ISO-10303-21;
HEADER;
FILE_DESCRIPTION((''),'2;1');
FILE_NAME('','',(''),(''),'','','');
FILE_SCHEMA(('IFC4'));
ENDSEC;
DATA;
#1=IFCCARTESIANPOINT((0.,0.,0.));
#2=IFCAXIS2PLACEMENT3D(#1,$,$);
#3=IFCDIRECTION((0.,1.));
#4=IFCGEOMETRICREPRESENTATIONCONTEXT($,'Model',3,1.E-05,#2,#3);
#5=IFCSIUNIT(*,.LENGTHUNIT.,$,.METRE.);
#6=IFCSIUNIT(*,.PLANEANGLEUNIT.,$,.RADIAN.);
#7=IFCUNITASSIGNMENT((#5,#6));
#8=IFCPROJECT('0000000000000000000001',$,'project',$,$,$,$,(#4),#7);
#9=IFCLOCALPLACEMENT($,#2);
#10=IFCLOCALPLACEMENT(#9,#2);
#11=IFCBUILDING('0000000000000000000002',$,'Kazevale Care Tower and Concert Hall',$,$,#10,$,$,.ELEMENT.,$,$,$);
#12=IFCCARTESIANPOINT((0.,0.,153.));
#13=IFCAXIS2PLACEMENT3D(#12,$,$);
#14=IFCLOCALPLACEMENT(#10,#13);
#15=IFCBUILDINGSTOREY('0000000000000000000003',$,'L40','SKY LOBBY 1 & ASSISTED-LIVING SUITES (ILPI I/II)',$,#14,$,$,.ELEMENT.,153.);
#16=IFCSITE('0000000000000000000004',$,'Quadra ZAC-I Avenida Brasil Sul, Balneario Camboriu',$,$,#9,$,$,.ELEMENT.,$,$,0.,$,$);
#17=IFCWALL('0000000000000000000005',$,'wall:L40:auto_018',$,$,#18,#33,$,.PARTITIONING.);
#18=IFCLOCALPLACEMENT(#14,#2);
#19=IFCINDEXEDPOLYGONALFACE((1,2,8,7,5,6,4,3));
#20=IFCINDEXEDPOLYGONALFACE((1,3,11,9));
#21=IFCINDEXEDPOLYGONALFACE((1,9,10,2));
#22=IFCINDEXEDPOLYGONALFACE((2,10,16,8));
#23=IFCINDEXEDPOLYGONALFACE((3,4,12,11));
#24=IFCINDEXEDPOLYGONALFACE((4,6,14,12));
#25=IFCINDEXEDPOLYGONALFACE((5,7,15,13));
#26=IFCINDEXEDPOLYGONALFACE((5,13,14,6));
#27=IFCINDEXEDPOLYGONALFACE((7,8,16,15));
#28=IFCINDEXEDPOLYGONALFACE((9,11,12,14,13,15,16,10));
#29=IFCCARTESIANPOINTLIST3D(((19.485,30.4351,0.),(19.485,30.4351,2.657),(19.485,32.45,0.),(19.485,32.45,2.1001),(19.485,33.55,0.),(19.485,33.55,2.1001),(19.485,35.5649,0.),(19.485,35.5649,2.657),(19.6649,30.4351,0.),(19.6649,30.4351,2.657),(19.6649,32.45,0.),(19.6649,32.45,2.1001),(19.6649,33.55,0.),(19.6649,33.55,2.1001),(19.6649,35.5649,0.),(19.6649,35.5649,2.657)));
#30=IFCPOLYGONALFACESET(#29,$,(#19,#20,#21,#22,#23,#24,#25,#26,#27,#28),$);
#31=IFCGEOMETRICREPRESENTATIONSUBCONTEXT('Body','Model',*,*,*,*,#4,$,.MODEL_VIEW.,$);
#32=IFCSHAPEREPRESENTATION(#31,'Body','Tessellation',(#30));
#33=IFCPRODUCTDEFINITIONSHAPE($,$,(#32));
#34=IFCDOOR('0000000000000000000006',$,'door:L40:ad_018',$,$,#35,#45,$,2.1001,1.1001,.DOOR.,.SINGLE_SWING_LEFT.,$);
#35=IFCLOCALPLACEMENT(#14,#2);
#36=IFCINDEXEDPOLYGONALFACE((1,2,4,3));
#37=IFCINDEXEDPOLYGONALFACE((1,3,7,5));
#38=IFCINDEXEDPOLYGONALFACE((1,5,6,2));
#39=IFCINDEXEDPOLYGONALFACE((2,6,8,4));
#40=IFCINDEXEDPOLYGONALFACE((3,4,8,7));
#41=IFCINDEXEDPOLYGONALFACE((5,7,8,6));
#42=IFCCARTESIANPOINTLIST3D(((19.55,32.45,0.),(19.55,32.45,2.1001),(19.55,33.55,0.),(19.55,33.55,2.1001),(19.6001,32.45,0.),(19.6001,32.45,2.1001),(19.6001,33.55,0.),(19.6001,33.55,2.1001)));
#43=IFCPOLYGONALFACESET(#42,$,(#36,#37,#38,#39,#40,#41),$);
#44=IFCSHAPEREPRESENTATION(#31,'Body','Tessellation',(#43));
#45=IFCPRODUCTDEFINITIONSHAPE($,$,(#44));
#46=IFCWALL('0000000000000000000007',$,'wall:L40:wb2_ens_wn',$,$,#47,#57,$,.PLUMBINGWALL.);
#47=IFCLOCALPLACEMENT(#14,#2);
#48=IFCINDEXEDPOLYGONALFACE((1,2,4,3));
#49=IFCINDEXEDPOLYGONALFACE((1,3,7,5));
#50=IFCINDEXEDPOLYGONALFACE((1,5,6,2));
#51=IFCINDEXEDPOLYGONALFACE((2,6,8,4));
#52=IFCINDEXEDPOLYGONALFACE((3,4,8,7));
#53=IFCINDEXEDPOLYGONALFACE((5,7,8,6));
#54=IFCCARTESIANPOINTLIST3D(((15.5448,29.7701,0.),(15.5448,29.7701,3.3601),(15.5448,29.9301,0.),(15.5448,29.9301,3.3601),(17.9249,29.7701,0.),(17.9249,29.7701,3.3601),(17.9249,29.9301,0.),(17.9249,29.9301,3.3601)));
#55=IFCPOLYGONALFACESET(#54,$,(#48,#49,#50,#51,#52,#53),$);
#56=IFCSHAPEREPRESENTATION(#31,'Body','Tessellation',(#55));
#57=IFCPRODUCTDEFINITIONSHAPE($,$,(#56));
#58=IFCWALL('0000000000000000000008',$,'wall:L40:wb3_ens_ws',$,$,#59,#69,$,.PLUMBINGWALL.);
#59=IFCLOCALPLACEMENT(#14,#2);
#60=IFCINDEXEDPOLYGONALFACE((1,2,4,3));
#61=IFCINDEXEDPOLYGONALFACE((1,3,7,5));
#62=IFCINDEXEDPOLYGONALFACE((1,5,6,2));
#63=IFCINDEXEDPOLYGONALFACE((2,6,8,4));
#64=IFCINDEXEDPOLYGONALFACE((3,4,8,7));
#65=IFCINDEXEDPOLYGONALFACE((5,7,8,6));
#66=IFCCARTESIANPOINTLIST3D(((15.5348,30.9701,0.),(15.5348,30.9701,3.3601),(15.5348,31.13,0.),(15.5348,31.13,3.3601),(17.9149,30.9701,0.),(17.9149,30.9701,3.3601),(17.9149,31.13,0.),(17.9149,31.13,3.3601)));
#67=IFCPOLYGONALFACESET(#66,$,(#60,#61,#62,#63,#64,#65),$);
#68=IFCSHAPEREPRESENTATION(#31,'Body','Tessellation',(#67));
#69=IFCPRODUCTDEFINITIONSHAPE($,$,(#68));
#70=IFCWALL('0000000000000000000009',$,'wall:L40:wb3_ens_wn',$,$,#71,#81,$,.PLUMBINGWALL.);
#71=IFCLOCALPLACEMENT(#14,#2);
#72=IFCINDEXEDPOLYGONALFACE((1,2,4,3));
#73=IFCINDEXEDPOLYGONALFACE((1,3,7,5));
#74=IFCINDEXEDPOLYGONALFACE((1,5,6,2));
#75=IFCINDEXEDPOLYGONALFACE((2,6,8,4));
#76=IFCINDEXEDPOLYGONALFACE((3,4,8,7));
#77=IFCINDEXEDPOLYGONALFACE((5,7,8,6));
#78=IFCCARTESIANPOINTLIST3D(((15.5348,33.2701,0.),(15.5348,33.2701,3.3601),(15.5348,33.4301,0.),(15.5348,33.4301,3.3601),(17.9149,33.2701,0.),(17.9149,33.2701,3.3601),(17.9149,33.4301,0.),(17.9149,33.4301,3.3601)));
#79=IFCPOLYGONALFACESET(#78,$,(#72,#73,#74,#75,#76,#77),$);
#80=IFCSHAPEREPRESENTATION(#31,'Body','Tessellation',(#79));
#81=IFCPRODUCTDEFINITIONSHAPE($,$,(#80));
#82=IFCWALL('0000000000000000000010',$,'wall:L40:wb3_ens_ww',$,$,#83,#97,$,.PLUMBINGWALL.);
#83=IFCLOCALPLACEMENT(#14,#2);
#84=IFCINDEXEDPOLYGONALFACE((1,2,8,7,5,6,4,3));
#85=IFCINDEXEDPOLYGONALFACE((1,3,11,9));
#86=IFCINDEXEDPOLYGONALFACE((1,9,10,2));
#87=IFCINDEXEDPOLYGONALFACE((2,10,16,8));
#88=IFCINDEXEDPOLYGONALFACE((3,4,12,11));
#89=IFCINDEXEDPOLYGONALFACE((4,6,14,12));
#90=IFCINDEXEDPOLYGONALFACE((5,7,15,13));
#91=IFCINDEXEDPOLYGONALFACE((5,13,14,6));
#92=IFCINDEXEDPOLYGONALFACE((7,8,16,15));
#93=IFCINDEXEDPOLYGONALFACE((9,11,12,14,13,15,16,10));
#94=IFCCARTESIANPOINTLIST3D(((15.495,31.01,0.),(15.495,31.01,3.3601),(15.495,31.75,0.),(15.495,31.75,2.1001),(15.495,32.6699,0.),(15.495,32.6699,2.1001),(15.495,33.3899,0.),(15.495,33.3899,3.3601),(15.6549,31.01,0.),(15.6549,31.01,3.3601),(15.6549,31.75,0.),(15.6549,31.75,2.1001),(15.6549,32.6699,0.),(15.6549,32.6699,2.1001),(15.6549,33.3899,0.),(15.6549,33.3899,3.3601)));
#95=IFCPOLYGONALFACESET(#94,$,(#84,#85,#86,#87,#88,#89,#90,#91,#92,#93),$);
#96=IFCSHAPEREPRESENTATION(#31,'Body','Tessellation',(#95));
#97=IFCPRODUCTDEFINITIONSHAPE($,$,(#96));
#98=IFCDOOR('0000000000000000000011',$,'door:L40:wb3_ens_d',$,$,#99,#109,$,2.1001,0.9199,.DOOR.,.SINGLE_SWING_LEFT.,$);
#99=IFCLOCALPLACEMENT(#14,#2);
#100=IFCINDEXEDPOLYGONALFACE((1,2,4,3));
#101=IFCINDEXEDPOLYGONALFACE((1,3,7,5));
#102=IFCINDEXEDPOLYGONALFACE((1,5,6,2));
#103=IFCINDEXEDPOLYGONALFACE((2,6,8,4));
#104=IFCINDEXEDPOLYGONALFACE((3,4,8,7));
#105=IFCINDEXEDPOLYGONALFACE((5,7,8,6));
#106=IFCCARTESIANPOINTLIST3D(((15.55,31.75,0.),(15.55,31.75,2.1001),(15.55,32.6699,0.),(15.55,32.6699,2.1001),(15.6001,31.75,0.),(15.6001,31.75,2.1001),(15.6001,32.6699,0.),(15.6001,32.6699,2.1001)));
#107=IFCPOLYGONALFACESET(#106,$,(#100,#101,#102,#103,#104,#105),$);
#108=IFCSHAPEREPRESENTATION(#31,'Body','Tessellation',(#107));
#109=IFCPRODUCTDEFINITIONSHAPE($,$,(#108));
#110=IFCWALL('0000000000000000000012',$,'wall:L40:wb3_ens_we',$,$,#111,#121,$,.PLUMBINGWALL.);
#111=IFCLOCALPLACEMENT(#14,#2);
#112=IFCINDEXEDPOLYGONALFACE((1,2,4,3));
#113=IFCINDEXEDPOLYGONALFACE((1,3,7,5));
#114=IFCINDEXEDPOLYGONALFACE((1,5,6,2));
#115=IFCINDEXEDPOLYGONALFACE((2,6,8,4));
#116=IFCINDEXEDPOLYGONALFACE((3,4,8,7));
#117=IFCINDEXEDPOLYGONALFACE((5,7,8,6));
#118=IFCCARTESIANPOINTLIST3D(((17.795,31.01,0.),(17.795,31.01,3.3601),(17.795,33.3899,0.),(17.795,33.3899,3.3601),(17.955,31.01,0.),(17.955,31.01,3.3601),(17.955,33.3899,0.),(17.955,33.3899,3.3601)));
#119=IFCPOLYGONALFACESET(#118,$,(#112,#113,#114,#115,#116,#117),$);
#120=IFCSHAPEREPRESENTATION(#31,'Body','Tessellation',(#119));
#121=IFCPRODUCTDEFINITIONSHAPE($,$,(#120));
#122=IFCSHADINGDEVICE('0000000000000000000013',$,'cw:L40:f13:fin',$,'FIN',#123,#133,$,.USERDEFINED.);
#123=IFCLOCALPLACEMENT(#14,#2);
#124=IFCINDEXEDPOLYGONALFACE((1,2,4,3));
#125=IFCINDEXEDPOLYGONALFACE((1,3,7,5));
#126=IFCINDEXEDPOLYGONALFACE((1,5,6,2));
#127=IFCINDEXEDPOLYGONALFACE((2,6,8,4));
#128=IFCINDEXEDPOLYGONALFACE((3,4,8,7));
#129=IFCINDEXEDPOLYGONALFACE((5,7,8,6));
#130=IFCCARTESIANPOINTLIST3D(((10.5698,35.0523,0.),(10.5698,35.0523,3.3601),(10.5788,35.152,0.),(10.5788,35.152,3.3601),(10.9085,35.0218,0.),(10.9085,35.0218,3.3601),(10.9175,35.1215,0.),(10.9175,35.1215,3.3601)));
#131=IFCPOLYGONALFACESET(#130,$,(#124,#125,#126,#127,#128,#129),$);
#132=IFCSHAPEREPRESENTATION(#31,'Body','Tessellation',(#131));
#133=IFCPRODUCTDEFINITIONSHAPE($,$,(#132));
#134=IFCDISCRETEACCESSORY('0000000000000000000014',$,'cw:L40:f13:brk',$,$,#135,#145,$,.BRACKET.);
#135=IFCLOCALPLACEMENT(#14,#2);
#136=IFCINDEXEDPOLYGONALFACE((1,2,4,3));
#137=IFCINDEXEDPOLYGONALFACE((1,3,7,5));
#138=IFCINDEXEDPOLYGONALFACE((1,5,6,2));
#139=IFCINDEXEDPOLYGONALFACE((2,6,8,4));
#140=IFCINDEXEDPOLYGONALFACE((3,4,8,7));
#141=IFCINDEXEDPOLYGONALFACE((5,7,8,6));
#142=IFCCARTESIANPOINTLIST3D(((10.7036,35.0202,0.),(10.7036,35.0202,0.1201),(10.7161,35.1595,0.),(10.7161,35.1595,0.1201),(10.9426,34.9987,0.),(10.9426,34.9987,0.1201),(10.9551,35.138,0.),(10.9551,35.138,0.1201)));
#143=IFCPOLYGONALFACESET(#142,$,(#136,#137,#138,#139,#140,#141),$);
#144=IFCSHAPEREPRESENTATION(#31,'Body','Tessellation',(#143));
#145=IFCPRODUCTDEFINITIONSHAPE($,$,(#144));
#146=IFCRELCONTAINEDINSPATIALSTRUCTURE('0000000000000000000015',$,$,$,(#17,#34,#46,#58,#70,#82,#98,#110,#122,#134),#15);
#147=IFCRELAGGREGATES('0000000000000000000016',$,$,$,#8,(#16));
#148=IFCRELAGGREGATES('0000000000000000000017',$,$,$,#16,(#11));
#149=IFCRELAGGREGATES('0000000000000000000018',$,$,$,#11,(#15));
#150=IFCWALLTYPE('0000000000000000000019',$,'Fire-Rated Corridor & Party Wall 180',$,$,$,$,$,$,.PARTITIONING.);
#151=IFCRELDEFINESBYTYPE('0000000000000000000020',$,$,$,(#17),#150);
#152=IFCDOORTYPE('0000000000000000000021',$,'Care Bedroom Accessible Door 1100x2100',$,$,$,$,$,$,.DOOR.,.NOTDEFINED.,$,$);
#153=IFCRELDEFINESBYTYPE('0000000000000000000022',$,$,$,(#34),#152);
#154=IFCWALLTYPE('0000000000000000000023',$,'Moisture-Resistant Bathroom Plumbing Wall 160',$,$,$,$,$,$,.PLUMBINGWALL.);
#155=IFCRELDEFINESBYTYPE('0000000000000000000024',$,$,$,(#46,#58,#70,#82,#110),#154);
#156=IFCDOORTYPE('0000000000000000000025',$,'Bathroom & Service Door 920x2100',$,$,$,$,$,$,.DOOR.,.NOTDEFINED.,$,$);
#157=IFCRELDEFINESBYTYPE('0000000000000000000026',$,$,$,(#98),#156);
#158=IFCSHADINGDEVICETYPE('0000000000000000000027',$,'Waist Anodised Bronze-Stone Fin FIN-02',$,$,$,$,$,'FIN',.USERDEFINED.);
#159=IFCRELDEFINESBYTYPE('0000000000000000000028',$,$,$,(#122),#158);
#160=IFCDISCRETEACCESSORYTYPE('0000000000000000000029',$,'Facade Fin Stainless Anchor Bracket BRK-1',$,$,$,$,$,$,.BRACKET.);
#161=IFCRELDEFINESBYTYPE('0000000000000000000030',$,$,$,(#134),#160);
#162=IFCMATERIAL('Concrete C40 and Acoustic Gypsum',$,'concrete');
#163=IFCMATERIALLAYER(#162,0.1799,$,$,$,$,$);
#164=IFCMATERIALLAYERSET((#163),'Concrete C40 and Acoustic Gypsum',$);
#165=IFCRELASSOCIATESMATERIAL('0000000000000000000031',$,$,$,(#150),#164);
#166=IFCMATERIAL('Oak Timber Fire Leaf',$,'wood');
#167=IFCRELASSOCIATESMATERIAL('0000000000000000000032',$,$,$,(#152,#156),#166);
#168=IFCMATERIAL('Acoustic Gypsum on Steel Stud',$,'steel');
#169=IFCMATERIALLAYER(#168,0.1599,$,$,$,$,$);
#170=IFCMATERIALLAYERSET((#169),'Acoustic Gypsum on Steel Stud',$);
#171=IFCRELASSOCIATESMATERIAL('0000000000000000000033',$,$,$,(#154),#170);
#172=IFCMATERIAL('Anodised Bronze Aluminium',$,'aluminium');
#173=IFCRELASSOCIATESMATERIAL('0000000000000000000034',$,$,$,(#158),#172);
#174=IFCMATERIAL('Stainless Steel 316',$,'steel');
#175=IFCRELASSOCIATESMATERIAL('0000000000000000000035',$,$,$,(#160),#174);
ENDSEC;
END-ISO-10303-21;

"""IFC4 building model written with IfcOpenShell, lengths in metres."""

from ifc_helpers import new_model, si_unit, direction, frame, frame_2d, origin, origin_2d, place, context, subcontext, project, spatial, rectangle, extrude, material, layer, layer_set, type_object, element, fill, save


model = new_model("IFC4")

# Units and contexts
model_context = context("Model", 3, precision=1e-05, world=origin(), true_north=direction((0.0, 1.0)))
body_context = subcontext(model_context, "Body", "Model", "MODEL_VIEW")
ifc_project = project(units=[si_unit("LENGTHUNIT", "METRE"), si_unit("PLANEANGLEUNIT", "RADIAN")], contexts=[model_context])

# Site, building, storey
site_placement = place(None, origin())
site = spatial("IfcSite", under=ifc_project, at=site_placement, Name="Quadra ZAC-I Avenida Brasil Sul, Balneario Camboriu", CompositionType="ELEMENT", RefElevation=0.0)
building_placement = place(site_placement, origin())
building = spatial("IfcBuilding", under=site, at=building_placement, Name="Kazevale Care Tower and Concert Hall", CompositionType="ELEMENT")
storey_placement = place(building_placement, frame((0.0, 0.0, 153.0)))
storey = spatial("IfcBuildingStorey", under=building, at=storey_placement, Name="L40", Description="SKY LOBBY 1 & ASSISTED-LIVING SUITES (ILPI I/II)", CompositionType="ELEMENT", Elevation=153.0)

# Shared definitions
ifc_material_1 = material(Name="Acoustic Gypsum on Steel Stud", Category="steel")

# Wall, opening, door
ifc_material_2 = material(Name="Concrete C40 and Acoustic Gypsum", Category="concrete")
ifc_layer_1 = layer(ifc_material_2, 0.1799)
ifc_layer_set_1 = layer_set([ifc_layer_1], Name="Concrete C40 and Acoustic Gypsum")
wall_type_1 = type_object("IfcWallType", Name="Fire-Rated Corridor & Party Wall 180", PredefinedType="PARTITIONING", material=ifc_layer_set_1)
wall_1_placement = place(storey_placement, frame((19.575, 30.4351, 0.0), z_axis=(0.0, 0.0, 1.0), x_axis=(0.0, 1.0, 0.0)))
wall_1 = element("IfcWall", 1, at=wall_1_placement, inside=storey, type_object=wall_type_1, Name="wall:L40:auto_018", PredefinedType="PARTITIONING", context=body_context, shape_type="SweptSolid", body=[
    extrude(rectangle(XDim=5.1299, YDim=0.1799, at=frame_2d((2.5649, 0.0))), origin(), (0.0, 0.0, 1.0), 2.657),
])
opening_1_placement = place(wall_1_placement, frame((2.0149, 0.0, 0.0)))
opening_1 = element("IfcOpeningElement", 2, at=opening_1_placement, cuts=wall_1, PredefinedType="OPENING", context=body_context, shape_type="SweptSolid", body=[
    extrude(rectangle(XDim=1.1001, YDim=2.1001, at=frame_2d((0.55, 1.05))), frame((0.0, 0.0999, 0.0), z_axis=(0.0, -1.0, 0.0), x_axis=(1.0, 0.0, 0.0)), (0.0, 0.0, 1.0), 0.2),
])
ifc_material_3 = material(Name="Oak Timber Fire Leaf", Category="wood")
door_type_1 = type_object("IfcDoorType", Name="Care Bedroom Accessible Door 1100x2100", OperationType="NOTDEFINED", PredefinedType="DOOR", material=ifc_material_3)
door_1_placement = place(opening_1_placement, origin())
door_1 = element("IfcDoor", 3, at=door_1_placement, inside=storey, type_object=door_type_1, Name="door:L40:ad_018", OperationType="SINGLE_SWING_LEFT", OverallHeight=2.1001, OverallWidth=1.1001, PredefinedType="DOOR", context=body_context, shape_type="SweptSolid", body=[
    extrude(rectangle(XDim=1.1001, YDim=2.1001, at=frame_2d((0.55, 1.05))), frame((0.0, 0.0249, 0.0), z_axis=(0.0, -1.0, 0.0), x_axis=(1.0, 0.0, 0.0)), (0.0, 0.0, 1.0), 0.05),
])
fill(opening_1, door_1)

# Walls
ifc_layer_2 = layer(ifc_material_1, 0.1599)
ifc_layer_set_2 = layer_set([ifc_layer_2], Name="Acoustic Gypsum on Steel Stud")
wall_type_2 = type_object("IfcWallType", Name="Moisture-Resistant Bathroom Plumbing Wall 160", PredefinedType="PLUMBINGWALL", material=ifc_layer_set_2)
for number, where, z_axis, x_axis, name in (
    (4, (15.5449, 29.8501, 0.0), (0.0, 0.0, 1.0), (1.0, 0.0, 0.0), "wall:L40:wb2_ens_wn"),
    (5, (15.5349, 31.05, 0.0), (0.0, 0.0, 1.0), (1.0, 0.0, 0.0), "wall:L40:wb3_ens_ws"),
    (6, (15.5349, 33.3501, 0.0), (0.0, 0.0, 1.0), (1.0, 0.0, 0.0), "wall:L40:wb3_ens_wn"),
):
    element("IfcWall", number, at=place(storey_placement, frame(where, z_axis=z_axis, x_axis=x_axis)), inside=storey, type_object=wall_type_2, Name=name, PredefinedType="PLUMBINGWALL", context=body_context, shape_type="SweptSolid", body=[
        extrude(rectangle(XDim=2.3801, YDim=0.1599, at=frame_2d((1.1899, 0.0))), origin(), (0.0, 0.0, 1.0), 3.3601),
    ])

# Wall, opening, door
wall_2_placement = place(storey_placement, frame((15.575, 31.01, 0.0), z_axis=(0.0, 0.0, 1.0), x_axis=(0.0, 1.0, 0.0)))
wall_2 = element("IfcWall", 7, at=wall_2_placement, inside=storey, type_object=wall_type_2, Name="wall:L40:wb3_ens_ww", PredefinedType="PLUMBINGWALL", context=body_context, shape_type="SweptSolid", body=[
    extrude(rectangle(XDim=2.3799, YDim=0.1599, at=frame_2d((1.1899, 0.0))), origin(), (0.0, 0.0, 1.0), 3.3601),
])
opening_2_placement = place(wall_2_placement, frame((0.74, 0.0, 0.0)))
opening_2 = element("IfcOpeningElement", 8, at=opening_2_placement, cuts=wall_2, PredefinedType="OPENING", context=body_context, shape_type="SweptSolid", body=[
    extrude(rectangle(XDim=0.9199, YDim=2.1001, at=frame_2d((0.46, 1.05))), frame((0.0, 0.0898, 0.0), z_axis=(0.0, -1.0, 0.0), x_axis=(1.0, 0.0, 0.0)), (0.0, 0.0, 1.0), 0.1799),
])
door_type_2 = type_object("IfcDoorType", Name="Bathroom & Service Door 920x2100", OperationType="NOTDEFINED", PredefinedType="DOOR", material=ifc_material_3)
door_2_placement = place(opening_2_placement, origin())
door_2 = element("IfcDoor", 9, at=door_2_placement, inside=storey, type_object=door_type_2, Name="door:L40:wb3_ens_d", OperationType="SINGLE_SWING_LEFT", OverallHeight=2.1001, OverallWidth=0.9199, PredefinedType="DOOR", context=body_context, shape_type="SweptSolid", body=[
    extrude(rectangle(XDim=0.9199, YDim=2.1001, at=frame_2d((0.46, 1.05))), frame((0.0, 0.0249, 0.0), z_axis=(0.0, -1.0, 0.0), x_axis=(1.0, 0.0, 0.0)), (0.0, 0.0, 1.0), 0.05),
])
fill(opening_2, door_2)

# Wall
wall_3_placement = place(storey_placement, frame((17.875, 31.01, 0.0), z_axis=(0.0, 0.0, 1.0), x_axis=(0.0, 1.0, 0.0)))
element("IfcWall", 10, at=wall_3_placement, inside=storey, type_object=wall_type_2, Name="wall:L40:wb3_ens_we", PredefinedType="PLUMBINGWALL", context=body_context, shape_type="SweptSolid", body=[
    extrude(rectangle(XDim=2.3799, YDim=0.1599, at=frame_2d((1.1899, 0.0))), origin(), (0.0, 0.0, 1.0), 3.3601),
])

# Shading device
ifc_material_4 = material(Name="Anodised Bronze Aluminium", Category="aluminium")
shading_device_type = type_object("IfcShadingDeviceType", Name="Waist Anodised Bronze-Stone Fin FIN-02", ElementType="FIN", PredefinedType="USERDEFINED", material=ifc_material_4)
shading_device_placement = place(storey_placement, frame((10.7437, 35.0869, 0.0), z_axis=(0.0, 0.0, 1.0), x_axis=(-0.995963, 0.089763, 0.0)))
element("IfcShadingDevice", 11, at=shading_device_placement, inside=storey, type_object=shading_device_type, Name="cw:L40:f13:fin", ObjectType="FIN", PredefinedType="USERDEFINED", context=body_context, shape_type="SweptSolid", body=[
    extrude(rectangle(XDim=0.3401, YDim=0.1001, at=origin_2d()), origin(), (0.0, 0.0, 1.0), 3.3601),
])

# Discrete accessory
ifc_material_5 = material(Name="Stainless Steel 316", Category="steel")
discrete_accessory_type = type_object("IfcDiscreteAccessoryType", Name="Facade Fin Stainless Anchor Bracket BRK-1", PredefinedType="BRACKET", material=ifc_material_5)
discrete_accessory_placement = place(storey_placement, frame((10.8293, 35.0791, 0.0), z_axis=(0.0, 0.0, 1.0), x_axis=(-0.995963, 0.089763, 0.0)))
element("IfcDiscreteAccessory", 12, at=discrete_accessory_placement, inside=storey, type_object=discrete_accessory_type, Name="cw:L40:f13:brk", PredefinedType="BRACKET", context=body_context, shape_type="SweptSolid", body=[
    extrude(rectangle(XDim=0.24, YDim=0.1399, at=origin_2d()), origin(), (0.0, 0.0, 1.0), 0.1201),
])

save(model, "model.ifc")
